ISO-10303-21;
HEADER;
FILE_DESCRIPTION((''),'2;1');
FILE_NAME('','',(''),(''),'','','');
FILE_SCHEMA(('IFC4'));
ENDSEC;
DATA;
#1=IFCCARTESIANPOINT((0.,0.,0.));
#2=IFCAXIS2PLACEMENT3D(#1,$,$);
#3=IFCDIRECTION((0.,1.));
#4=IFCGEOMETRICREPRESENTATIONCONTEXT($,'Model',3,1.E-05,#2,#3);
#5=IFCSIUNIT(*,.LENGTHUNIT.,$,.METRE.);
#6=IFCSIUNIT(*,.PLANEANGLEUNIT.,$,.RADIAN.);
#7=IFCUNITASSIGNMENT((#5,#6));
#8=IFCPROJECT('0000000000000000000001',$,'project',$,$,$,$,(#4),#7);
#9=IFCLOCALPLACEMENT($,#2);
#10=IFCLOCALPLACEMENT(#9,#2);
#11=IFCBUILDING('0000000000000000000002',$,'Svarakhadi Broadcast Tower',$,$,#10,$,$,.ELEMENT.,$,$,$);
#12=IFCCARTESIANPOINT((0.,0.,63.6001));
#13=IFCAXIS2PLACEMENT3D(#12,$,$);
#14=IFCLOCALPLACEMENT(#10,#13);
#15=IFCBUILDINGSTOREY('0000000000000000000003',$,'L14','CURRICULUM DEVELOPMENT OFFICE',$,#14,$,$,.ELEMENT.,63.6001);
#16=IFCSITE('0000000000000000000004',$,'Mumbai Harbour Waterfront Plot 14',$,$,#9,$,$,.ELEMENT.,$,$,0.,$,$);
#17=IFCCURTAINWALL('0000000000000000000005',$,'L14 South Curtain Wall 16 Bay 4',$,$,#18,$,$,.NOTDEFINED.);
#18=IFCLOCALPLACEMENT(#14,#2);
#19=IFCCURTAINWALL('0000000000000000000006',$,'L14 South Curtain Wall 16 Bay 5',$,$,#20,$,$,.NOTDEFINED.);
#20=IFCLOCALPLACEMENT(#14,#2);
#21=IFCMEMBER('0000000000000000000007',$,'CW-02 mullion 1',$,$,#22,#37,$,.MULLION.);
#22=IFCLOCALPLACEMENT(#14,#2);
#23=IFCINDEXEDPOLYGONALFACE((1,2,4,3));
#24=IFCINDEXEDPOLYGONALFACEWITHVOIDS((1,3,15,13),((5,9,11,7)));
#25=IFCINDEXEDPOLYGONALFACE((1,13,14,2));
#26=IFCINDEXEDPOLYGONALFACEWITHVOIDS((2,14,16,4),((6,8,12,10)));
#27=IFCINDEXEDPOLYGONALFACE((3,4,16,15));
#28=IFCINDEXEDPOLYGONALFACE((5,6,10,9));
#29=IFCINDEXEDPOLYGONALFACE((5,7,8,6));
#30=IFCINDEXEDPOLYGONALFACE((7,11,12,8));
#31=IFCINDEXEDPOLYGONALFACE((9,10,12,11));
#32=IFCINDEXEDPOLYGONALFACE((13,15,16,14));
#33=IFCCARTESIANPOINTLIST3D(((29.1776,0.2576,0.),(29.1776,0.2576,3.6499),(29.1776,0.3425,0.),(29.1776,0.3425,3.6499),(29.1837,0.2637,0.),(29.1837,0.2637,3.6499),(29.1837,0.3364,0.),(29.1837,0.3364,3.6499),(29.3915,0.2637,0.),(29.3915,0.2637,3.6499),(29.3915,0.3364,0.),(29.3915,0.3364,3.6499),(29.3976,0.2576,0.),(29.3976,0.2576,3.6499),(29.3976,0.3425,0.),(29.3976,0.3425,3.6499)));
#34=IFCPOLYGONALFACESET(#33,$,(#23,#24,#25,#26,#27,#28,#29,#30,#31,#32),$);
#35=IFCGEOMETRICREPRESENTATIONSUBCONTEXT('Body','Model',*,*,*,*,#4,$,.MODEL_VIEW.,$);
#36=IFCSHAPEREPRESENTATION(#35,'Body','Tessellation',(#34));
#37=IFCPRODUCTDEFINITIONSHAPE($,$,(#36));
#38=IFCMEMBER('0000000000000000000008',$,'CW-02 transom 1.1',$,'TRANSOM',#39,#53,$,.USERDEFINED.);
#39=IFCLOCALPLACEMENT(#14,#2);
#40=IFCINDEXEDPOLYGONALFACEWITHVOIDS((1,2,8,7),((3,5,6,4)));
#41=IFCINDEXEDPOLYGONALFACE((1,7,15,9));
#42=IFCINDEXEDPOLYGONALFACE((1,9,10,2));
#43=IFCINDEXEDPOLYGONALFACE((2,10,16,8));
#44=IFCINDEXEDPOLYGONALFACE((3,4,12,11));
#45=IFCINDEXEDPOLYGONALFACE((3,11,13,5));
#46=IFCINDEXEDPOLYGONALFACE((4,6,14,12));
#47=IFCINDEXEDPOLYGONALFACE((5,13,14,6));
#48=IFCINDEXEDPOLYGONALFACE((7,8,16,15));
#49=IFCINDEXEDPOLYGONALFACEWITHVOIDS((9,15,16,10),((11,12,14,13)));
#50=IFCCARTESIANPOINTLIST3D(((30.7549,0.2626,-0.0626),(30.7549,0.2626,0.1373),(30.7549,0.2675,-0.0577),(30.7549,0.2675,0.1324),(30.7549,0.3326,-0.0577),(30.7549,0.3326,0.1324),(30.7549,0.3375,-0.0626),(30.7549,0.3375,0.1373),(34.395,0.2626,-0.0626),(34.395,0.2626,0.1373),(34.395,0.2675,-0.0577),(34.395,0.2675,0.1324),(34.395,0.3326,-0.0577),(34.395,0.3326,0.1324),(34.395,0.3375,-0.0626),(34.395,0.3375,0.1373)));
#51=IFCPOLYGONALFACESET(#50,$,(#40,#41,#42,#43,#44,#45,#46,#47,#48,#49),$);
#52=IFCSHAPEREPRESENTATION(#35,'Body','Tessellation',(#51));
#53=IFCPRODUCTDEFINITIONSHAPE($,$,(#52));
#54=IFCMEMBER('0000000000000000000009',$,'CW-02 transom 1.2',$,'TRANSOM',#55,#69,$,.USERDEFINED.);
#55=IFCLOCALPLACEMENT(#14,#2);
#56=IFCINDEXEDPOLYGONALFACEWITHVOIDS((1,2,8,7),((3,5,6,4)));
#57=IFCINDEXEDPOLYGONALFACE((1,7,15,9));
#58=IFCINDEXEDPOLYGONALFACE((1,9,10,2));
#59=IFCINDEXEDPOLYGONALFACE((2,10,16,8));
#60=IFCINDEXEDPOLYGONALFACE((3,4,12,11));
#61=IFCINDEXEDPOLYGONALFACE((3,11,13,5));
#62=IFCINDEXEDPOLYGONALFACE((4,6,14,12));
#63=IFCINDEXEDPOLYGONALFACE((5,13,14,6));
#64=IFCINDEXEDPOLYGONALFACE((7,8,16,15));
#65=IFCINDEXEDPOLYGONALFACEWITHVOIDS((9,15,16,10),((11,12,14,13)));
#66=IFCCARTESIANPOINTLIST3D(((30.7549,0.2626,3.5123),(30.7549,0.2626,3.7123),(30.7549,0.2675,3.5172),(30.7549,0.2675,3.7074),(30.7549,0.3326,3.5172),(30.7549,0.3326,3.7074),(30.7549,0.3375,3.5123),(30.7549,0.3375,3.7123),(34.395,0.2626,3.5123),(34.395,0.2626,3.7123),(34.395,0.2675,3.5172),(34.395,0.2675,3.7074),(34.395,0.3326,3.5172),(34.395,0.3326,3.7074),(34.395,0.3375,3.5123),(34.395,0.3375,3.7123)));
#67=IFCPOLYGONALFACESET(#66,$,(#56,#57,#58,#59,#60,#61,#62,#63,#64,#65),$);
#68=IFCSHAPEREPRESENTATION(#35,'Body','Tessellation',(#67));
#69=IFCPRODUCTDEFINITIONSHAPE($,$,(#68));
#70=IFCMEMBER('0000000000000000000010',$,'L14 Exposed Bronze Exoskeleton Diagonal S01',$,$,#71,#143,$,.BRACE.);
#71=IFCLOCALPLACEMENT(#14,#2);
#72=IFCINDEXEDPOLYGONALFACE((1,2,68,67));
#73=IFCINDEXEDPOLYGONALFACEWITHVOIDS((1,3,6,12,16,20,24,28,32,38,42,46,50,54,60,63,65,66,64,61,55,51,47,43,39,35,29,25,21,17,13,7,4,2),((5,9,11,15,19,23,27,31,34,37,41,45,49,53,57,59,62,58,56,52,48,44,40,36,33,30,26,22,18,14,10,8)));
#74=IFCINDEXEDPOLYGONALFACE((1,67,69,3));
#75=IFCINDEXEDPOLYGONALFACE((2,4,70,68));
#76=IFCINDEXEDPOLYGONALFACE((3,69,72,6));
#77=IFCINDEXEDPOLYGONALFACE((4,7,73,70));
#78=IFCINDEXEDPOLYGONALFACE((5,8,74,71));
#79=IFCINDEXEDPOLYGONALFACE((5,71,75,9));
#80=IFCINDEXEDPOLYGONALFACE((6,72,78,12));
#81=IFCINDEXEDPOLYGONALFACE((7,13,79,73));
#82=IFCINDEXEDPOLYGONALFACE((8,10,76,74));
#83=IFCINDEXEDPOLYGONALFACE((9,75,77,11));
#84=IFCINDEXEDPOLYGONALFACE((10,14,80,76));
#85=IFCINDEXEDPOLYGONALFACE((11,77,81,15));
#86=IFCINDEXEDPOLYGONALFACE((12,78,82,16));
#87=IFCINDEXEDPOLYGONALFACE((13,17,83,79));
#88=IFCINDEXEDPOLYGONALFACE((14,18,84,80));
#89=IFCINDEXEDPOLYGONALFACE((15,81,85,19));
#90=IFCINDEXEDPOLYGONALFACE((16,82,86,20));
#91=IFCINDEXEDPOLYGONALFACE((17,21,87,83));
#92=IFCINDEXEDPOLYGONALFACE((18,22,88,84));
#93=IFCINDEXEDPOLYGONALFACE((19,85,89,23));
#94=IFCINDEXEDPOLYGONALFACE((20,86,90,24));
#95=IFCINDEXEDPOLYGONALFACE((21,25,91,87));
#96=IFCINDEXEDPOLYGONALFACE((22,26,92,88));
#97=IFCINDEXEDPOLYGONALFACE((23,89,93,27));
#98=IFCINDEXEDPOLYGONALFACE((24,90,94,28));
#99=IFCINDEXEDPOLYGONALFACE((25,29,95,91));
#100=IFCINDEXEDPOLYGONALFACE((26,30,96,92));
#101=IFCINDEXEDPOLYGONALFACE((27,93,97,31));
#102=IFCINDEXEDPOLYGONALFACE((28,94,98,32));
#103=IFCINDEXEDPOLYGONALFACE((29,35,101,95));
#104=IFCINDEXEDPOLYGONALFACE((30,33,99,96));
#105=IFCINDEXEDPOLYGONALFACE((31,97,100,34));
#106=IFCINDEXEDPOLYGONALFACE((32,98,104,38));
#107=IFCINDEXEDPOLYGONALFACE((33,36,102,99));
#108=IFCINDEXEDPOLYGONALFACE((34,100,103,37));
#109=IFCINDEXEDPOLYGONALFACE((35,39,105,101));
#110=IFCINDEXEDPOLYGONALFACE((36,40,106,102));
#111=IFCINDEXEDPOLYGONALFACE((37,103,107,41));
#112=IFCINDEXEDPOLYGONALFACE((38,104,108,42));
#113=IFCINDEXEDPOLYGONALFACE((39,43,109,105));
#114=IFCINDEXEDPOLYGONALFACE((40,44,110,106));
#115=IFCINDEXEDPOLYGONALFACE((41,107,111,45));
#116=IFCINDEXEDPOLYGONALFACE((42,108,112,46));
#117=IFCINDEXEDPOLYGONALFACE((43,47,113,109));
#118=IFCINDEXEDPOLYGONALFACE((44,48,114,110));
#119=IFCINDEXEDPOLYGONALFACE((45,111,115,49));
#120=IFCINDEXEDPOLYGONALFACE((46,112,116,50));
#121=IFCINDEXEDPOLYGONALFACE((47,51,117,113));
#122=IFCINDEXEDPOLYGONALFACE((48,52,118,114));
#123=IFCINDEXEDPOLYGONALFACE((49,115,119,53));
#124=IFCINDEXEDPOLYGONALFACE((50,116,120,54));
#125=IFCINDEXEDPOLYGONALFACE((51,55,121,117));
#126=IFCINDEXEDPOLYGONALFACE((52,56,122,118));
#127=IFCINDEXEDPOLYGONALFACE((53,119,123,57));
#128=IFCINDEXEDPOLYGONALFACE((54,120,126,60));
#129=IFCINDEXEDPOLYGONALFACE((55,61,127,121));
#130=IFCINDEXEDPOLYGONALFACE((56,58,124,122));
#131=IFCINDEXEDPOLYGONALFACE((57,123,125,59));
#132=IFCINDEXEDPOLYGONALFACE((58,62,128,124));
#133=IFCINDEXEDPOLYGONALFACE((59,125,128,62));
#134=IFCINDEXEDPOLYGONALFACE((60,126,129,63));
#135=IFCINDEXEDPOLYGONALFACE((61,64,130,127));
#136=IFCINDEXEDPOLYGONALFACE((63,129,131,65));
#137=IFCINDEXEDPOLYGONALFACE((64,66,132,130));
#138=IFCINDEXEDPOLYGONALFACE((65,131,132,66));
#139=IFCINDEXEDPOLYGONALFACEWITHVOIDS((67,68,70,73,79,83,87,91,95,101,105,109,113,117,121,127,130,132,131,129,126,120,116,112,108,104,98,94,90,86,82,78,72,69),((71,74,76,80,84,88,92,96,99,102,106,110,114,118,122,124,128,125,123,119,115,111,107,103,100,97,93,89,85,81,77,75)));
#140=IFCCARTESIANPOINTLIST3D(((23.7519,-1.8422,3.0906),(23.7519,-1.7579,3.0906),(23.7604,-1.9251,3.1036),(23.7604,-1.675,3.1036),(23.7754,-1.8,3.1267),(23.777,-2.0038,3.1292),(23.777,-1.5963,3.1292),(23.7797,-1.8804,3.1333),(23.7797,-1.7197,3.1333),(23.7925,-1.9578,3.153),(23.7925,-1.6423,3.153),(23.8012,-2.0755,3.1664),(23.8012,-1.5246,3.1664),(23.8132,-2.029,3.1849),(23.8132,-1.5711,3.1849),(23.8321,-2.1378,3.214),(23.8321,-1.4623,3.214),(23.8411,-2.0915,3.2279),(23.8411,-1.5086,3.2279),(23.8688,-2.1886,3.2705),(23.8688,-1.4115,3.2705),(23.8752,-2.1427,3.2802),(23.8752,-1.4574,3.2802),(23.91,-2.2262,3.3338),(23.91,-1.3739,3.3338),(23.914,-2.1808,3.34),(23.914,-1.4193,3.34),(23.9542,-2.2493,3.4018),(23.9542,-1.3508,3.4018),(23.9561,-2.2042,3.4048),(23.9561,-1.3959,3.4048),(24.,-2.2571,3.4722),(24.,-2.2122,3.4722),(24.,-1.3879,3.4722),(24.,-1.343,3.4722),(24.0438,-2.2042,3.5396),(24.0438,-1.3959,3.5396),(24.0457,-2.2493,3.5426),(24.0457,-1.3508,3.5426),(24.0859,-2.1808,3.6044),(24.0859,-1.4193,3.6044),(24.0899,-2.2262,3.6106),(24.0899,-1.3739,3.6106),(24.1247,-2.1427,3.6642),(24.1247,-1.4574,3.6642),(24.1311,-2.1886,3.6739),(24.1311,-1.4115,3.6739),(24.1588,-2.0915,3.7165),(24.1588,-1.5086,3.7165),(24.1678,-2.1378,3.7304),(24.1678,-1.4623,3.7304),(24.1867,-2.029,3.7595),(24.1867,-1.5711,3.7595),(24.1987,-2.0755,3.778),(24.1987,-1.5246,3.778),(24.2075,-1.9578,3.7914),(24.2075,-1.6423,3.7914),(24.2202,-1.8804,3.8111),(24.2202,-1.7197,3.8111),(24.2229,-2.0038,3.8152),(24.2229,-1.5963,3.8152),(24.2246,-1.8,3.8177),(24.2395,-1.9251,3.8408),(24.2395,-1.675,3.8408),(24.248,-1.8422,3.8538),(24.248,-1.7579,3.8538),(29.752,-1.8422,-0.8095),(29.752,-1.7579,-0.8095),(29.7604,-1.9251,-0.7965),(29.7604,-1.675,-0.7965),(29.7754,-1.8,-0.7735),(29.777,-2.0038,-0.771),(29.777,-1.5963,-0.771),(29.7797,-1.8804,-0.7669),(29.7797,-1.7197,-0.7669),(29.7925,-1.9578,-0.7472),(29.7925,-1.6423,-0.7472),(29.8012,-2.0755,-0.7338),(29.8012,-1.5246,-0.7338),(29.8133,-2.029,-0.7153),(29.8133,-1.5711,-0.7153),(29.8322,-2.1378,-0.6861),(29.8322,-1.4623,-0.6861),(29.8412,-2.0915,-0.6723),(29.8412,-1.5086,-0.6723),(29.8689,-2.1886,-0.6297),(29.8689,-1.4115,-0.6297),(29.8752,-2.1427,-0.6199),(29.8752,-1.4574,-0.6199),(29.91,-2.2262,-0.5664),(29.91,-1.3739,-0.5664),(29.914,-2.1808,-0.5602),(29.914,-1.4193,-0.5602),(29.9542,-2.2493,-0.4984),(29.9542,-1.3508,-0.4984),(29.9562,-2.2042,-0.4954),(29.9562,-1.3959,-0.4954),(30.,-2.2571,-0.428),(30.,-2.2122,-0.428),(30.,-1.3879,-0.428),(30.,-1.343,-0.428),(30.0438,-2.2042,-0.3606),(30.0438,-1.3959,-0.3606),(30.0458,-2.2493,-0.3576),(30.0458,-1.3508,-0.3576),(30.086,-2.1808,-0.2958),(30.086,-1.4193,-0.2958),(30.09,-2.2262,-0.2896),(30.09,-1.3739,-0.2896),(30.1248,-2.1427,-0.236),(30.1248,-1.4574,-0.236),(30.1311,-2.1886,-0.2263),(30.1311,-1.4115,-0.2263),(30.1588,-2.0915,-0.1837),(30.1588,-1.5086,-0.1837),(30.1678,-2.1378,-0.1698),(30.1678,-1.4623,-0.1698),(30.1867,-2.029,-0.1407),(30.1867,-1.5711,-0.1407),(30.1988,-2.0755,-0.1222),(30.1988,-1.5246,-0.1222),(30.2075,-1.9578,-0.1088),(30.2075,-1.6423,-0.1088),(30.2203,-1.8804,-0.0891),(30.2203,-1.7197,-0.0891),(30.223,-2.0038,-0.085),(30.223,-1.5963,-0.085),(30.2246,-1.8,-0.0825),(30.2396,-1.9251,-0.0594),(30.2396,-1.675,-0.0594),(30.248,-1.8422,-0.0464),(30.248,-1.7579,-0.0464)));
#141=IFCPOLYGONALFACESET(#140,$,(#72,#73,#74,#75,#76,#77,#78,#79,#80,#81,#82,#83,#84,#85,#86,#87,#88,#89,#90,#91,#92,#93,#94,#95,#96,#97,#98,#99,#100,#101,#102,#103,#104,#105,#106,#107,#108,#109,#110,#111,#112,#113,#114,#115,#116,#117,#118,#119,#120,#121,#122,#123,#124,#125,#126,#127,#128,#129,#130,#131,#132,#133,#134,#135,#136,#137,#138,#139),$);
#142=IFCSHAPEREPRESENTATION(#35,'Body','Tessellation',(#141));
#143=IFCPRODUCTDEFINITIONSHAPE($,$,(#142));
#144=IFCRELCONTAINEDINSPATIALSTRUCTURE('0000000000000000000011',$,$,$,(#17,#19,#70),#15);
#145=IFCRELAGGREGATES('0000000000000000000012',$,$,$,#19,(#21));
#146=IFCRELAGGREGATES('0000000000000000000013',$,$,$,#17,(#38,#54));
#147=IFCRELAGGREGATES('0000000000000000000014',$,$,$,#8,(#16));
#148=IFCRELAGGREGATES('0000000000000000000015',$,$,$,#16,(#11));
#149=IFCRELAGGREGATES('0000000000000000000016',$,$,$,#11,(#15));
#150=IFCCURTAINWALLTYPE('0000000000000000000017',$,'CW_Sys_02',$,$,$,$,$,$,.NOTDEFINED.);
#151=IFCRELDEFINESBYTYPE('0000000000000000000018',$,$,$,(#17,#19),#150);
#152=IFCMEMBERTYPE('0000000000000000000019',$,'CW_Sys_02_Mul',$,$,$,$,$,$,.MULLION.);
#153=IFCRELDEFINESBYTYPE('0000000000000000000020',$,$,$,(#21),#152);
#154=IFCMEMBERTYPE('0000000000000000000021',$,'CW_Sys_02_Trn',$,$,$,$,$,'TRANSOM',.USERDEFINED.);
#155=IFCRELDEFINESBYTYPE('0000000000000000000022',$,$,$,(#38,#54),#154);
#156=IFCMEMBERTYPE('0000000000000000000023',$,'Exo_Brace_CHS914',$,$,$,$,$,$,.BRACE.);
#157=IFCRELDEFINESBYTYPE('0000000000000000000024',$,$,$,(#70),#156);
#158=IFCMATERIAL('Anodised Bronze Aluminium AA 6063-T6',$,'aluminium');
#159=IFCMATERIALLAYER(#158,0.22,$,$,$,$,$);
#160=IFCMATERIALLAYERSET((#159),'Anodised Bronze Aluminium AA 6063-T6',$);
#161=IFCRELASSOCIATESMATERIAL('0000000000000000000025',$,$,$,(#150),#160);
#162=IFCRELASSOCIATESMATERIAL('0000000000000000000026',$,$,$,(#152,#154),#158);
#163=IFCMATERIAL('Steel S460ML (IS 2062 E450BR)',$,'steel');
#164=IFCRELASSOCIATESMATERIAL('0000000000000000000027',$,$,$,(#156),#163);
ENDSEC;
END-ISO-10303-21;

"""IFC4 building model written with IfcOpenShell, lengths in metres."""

from ifc_helpers import new_model, si_unit, direction, frame, origin, origin_2d, place, context, subcontext, project, spatial, hollow_rectangle, hollow_circle, extrude, material, layer, layer_set, material_profile, profile_set, type_object, element, aggregate, save


model = new_model("IFC4")

# Units and contexts
model_context = context("Model", 3, precision=1e-05, world=origin(), true_north=direction((0.0, 1.0)))
body_context = subcontext(model_context, "Body", "Model", "MODEL_VIEW")
ifc_project = project(units=[si_unit("LENGTHUNIT", "METRE"), si_unit("PLANEANGLEUNIT", "RADIAN")], contexts=[model_context])

# Site, building, storey
site_placement = place(None, origin())
site = spatial("IfcSite", under=ifc_project, at=site_placement, Name="Mumbai Harbour Waterfront Plot 14", CompositionType="ELEMENT", RefElevation=0.0)
building_placement = place(site_placement, origin())
building = spatial("IfcBuilding", under=site, at=building_placement, Name="Svarakhadi Broadcast Tower", CompositionType="ELEMENT")
storey_placement = place(building_placement, frame((0.0, 0.0, 63.6001)))
storey = spatial("IfcBuildingStorey", under=building, at=storey_placement, Name="L14", Description="CURRICULUM DEVELOPMENT OFFICE", CompositionType="ELEMENT", Elevation=63.6001)

# Shared definitions
ifc_material_1 = material(Name="Steel S460ML (IS 2062 E450BR)", Category="steel")

# Curtain wall
ifc_material_2 = material(Name="Anodised Bronze Aluminium AA 6063-T6", Category="aluminium")
ifc_layer_1 = layer(ifc_material_2, 0.22)
ifc_layer_set_1 = layer_set([ifc_layer_1], Name="Anodised Bronze Aluminium AA 6063-T6")
curtain_wall_type = type_object("IfcCurtainWallType", Name="CW_Sys_02", PredefinedType="NOTDEFINED", material=ifc_layer_set_1)
curtain_wall_1_placement = place(storey_placement, origin())
curtain_wall_1 = element("IfcCurtainWall", 1, at=curtain_wall_1_placement, inside=storey, type_object=curtain_wall_type, Name="L14 South Curtain Wall 16 Bay 4", PredefinedType="NOTDEFINED")
ifc_material_profile_1 = material_profile(ifc_material_2, hollow_rectangle(XDim=0.085, YDim=0.22, WallThickness=0.0061, at=origin_2d()), Name="ALU MULLION 220x85x6")
ifc_profile_set_1 = profile_set([ifc_material_profile_1], Name="Anodised Bronze Aluminium AA 6063-T6")
member_type_1 = type_object("IfcMemberType", Name="CW_Sys_02_Mul", PredefinedType="MULLION", material=ifc_profile_set_1)

# Curtain wall, member
curtain_wall_2_placement = place(storey_placement, origin())
curtain_wall_2 = element("IfcCurtainWall", 2, at=curtain_wall_2_placement, inside=storey, type_object=curtain_wall_type, Name="L14 South Curtain Wall 16 Bay 5", PredefinedType="NOTDEFINED")
member_1_placement = place(storey_placement, frame((29.2876, 0.3, 0.0), z_axis=(0.0, 0.0, 1.0), x_axis=(0.0, -1.0, 0.0)))
member_1 = element("IfcMember", 3, at=member_1_placement, type_object=member_type_1, Name="CW-02 mullion 1", PredefinedType="MULLION", context=body_context, shape_type="SweptSolid", body=[
    extrude(hollow_rectangle(XDim=0.085, YDim=0.22, WallThickness=0.0061, at=origin_2d()), origin(), (0.0, 0.0, 1.0), 3.6499),
])
aggregate(curtain_wall_2, [member_1])

# Members
ifc_material_profile_2 = material_profile(ifc_material_2, hollow_rectangle(XDim=0.075, YDim=0.2, WallThickness=0.0049, at=origin_2d()), Name="ALU TRANSOM 200x75x5")
ifc_profile_set_2 = profile_set([ifc_material_profile_2], Name="Anodised Bronze Aluminium AA 6063-T6")
member_type_2 = type_object("IfcMemberType", Name="CW_Sys_02_Trn", ElementType="TRANSOM", PredefinedType="USERDEFINED", material=ifc_profile_set_2)
member_2_placement = place(storey_placement, frame((34.395, 0.3, 0.0374), z_axis=(-1.0, 0.0, 0.0), x_axis=(0.0, -1.0, 0.0)))
member_2 = element("IfcMember", 4, at=member_2_placement, type_object=member_type_2, Name="CW-02 transom 1.1", ObjectType="TRANSOM", PredefinedType="USERDEFINED", context=body_context, shape_type="SweptSolid", body=[
    extrude(hollow_rectangle(XDim=0.075, YDim=0.2, WallThickness=0.0049, at=origin_2d()), origin(), (0.0, 0.0, 1.0), 3.6401),
])
member_3_placement = place(storey_placement, frame((34.395, 0.3, 3.6123), z_axis=(-1.0, 0.0, 0.0), x_axis=(0.0, -1.0, 0.0)))
member_3 = element("IfcMember", 5, at=member_3_placement, type_object=member_type_2, Name="CW-02 transom 1.2", ObjectType="TRANSOM", PredefinedType="USERDEFINED", context=body_context, shape_type="SweptSolid", body=[
    extrude(hollow_rectangle(XDim=0.075, YDim=0.2, WallThickness=0.0049, at=origin_2d()), origin(), (0.0, 0.0, 1.0), 3.6401),
])

# Member
ifc_material_profile_3 = material_profile(ifc_material_1, hollow_circle(Radius=0.457, WallThickness=0.0449, at=origin_2d()), Name="CHS 914x45")
ifc_profile_set_3 = profile_set([ifc_material_profile_3], Name="Steel S460ML (IS 2062 E450BR)")
member_type_3 = type_object("IfcMemberType", Name="Exo_Brace_CHS914", PredefinedType="BRACE", material=ifc_profile_set_3)
member_4_placement = place(storey_placement, frame((30.0, -1.8, -0.428), z_axis=(-0.838434, 0.0, 0.545003), x_axis=(0.0, -1.0, 0.0)))
element("IfcMember", 6, at=member_4_placement, inside=storey, type_object=member_type_3, Name="L14 Exposed Bronze Exoskeleton Diagonal S01", PredefinedType="BRACE", context=body_context, shape_type="SweptSolid", body=[
    extrude(hollow_circle(Radius=0.457, WallThickness=0.0449, at=origin_2d()), origin(), (0.0, 0.0, 1.0), 7.1562),
])

aggregate(curtain_wall_1, [member_2, member_3])

save(model, "model.ifc")
